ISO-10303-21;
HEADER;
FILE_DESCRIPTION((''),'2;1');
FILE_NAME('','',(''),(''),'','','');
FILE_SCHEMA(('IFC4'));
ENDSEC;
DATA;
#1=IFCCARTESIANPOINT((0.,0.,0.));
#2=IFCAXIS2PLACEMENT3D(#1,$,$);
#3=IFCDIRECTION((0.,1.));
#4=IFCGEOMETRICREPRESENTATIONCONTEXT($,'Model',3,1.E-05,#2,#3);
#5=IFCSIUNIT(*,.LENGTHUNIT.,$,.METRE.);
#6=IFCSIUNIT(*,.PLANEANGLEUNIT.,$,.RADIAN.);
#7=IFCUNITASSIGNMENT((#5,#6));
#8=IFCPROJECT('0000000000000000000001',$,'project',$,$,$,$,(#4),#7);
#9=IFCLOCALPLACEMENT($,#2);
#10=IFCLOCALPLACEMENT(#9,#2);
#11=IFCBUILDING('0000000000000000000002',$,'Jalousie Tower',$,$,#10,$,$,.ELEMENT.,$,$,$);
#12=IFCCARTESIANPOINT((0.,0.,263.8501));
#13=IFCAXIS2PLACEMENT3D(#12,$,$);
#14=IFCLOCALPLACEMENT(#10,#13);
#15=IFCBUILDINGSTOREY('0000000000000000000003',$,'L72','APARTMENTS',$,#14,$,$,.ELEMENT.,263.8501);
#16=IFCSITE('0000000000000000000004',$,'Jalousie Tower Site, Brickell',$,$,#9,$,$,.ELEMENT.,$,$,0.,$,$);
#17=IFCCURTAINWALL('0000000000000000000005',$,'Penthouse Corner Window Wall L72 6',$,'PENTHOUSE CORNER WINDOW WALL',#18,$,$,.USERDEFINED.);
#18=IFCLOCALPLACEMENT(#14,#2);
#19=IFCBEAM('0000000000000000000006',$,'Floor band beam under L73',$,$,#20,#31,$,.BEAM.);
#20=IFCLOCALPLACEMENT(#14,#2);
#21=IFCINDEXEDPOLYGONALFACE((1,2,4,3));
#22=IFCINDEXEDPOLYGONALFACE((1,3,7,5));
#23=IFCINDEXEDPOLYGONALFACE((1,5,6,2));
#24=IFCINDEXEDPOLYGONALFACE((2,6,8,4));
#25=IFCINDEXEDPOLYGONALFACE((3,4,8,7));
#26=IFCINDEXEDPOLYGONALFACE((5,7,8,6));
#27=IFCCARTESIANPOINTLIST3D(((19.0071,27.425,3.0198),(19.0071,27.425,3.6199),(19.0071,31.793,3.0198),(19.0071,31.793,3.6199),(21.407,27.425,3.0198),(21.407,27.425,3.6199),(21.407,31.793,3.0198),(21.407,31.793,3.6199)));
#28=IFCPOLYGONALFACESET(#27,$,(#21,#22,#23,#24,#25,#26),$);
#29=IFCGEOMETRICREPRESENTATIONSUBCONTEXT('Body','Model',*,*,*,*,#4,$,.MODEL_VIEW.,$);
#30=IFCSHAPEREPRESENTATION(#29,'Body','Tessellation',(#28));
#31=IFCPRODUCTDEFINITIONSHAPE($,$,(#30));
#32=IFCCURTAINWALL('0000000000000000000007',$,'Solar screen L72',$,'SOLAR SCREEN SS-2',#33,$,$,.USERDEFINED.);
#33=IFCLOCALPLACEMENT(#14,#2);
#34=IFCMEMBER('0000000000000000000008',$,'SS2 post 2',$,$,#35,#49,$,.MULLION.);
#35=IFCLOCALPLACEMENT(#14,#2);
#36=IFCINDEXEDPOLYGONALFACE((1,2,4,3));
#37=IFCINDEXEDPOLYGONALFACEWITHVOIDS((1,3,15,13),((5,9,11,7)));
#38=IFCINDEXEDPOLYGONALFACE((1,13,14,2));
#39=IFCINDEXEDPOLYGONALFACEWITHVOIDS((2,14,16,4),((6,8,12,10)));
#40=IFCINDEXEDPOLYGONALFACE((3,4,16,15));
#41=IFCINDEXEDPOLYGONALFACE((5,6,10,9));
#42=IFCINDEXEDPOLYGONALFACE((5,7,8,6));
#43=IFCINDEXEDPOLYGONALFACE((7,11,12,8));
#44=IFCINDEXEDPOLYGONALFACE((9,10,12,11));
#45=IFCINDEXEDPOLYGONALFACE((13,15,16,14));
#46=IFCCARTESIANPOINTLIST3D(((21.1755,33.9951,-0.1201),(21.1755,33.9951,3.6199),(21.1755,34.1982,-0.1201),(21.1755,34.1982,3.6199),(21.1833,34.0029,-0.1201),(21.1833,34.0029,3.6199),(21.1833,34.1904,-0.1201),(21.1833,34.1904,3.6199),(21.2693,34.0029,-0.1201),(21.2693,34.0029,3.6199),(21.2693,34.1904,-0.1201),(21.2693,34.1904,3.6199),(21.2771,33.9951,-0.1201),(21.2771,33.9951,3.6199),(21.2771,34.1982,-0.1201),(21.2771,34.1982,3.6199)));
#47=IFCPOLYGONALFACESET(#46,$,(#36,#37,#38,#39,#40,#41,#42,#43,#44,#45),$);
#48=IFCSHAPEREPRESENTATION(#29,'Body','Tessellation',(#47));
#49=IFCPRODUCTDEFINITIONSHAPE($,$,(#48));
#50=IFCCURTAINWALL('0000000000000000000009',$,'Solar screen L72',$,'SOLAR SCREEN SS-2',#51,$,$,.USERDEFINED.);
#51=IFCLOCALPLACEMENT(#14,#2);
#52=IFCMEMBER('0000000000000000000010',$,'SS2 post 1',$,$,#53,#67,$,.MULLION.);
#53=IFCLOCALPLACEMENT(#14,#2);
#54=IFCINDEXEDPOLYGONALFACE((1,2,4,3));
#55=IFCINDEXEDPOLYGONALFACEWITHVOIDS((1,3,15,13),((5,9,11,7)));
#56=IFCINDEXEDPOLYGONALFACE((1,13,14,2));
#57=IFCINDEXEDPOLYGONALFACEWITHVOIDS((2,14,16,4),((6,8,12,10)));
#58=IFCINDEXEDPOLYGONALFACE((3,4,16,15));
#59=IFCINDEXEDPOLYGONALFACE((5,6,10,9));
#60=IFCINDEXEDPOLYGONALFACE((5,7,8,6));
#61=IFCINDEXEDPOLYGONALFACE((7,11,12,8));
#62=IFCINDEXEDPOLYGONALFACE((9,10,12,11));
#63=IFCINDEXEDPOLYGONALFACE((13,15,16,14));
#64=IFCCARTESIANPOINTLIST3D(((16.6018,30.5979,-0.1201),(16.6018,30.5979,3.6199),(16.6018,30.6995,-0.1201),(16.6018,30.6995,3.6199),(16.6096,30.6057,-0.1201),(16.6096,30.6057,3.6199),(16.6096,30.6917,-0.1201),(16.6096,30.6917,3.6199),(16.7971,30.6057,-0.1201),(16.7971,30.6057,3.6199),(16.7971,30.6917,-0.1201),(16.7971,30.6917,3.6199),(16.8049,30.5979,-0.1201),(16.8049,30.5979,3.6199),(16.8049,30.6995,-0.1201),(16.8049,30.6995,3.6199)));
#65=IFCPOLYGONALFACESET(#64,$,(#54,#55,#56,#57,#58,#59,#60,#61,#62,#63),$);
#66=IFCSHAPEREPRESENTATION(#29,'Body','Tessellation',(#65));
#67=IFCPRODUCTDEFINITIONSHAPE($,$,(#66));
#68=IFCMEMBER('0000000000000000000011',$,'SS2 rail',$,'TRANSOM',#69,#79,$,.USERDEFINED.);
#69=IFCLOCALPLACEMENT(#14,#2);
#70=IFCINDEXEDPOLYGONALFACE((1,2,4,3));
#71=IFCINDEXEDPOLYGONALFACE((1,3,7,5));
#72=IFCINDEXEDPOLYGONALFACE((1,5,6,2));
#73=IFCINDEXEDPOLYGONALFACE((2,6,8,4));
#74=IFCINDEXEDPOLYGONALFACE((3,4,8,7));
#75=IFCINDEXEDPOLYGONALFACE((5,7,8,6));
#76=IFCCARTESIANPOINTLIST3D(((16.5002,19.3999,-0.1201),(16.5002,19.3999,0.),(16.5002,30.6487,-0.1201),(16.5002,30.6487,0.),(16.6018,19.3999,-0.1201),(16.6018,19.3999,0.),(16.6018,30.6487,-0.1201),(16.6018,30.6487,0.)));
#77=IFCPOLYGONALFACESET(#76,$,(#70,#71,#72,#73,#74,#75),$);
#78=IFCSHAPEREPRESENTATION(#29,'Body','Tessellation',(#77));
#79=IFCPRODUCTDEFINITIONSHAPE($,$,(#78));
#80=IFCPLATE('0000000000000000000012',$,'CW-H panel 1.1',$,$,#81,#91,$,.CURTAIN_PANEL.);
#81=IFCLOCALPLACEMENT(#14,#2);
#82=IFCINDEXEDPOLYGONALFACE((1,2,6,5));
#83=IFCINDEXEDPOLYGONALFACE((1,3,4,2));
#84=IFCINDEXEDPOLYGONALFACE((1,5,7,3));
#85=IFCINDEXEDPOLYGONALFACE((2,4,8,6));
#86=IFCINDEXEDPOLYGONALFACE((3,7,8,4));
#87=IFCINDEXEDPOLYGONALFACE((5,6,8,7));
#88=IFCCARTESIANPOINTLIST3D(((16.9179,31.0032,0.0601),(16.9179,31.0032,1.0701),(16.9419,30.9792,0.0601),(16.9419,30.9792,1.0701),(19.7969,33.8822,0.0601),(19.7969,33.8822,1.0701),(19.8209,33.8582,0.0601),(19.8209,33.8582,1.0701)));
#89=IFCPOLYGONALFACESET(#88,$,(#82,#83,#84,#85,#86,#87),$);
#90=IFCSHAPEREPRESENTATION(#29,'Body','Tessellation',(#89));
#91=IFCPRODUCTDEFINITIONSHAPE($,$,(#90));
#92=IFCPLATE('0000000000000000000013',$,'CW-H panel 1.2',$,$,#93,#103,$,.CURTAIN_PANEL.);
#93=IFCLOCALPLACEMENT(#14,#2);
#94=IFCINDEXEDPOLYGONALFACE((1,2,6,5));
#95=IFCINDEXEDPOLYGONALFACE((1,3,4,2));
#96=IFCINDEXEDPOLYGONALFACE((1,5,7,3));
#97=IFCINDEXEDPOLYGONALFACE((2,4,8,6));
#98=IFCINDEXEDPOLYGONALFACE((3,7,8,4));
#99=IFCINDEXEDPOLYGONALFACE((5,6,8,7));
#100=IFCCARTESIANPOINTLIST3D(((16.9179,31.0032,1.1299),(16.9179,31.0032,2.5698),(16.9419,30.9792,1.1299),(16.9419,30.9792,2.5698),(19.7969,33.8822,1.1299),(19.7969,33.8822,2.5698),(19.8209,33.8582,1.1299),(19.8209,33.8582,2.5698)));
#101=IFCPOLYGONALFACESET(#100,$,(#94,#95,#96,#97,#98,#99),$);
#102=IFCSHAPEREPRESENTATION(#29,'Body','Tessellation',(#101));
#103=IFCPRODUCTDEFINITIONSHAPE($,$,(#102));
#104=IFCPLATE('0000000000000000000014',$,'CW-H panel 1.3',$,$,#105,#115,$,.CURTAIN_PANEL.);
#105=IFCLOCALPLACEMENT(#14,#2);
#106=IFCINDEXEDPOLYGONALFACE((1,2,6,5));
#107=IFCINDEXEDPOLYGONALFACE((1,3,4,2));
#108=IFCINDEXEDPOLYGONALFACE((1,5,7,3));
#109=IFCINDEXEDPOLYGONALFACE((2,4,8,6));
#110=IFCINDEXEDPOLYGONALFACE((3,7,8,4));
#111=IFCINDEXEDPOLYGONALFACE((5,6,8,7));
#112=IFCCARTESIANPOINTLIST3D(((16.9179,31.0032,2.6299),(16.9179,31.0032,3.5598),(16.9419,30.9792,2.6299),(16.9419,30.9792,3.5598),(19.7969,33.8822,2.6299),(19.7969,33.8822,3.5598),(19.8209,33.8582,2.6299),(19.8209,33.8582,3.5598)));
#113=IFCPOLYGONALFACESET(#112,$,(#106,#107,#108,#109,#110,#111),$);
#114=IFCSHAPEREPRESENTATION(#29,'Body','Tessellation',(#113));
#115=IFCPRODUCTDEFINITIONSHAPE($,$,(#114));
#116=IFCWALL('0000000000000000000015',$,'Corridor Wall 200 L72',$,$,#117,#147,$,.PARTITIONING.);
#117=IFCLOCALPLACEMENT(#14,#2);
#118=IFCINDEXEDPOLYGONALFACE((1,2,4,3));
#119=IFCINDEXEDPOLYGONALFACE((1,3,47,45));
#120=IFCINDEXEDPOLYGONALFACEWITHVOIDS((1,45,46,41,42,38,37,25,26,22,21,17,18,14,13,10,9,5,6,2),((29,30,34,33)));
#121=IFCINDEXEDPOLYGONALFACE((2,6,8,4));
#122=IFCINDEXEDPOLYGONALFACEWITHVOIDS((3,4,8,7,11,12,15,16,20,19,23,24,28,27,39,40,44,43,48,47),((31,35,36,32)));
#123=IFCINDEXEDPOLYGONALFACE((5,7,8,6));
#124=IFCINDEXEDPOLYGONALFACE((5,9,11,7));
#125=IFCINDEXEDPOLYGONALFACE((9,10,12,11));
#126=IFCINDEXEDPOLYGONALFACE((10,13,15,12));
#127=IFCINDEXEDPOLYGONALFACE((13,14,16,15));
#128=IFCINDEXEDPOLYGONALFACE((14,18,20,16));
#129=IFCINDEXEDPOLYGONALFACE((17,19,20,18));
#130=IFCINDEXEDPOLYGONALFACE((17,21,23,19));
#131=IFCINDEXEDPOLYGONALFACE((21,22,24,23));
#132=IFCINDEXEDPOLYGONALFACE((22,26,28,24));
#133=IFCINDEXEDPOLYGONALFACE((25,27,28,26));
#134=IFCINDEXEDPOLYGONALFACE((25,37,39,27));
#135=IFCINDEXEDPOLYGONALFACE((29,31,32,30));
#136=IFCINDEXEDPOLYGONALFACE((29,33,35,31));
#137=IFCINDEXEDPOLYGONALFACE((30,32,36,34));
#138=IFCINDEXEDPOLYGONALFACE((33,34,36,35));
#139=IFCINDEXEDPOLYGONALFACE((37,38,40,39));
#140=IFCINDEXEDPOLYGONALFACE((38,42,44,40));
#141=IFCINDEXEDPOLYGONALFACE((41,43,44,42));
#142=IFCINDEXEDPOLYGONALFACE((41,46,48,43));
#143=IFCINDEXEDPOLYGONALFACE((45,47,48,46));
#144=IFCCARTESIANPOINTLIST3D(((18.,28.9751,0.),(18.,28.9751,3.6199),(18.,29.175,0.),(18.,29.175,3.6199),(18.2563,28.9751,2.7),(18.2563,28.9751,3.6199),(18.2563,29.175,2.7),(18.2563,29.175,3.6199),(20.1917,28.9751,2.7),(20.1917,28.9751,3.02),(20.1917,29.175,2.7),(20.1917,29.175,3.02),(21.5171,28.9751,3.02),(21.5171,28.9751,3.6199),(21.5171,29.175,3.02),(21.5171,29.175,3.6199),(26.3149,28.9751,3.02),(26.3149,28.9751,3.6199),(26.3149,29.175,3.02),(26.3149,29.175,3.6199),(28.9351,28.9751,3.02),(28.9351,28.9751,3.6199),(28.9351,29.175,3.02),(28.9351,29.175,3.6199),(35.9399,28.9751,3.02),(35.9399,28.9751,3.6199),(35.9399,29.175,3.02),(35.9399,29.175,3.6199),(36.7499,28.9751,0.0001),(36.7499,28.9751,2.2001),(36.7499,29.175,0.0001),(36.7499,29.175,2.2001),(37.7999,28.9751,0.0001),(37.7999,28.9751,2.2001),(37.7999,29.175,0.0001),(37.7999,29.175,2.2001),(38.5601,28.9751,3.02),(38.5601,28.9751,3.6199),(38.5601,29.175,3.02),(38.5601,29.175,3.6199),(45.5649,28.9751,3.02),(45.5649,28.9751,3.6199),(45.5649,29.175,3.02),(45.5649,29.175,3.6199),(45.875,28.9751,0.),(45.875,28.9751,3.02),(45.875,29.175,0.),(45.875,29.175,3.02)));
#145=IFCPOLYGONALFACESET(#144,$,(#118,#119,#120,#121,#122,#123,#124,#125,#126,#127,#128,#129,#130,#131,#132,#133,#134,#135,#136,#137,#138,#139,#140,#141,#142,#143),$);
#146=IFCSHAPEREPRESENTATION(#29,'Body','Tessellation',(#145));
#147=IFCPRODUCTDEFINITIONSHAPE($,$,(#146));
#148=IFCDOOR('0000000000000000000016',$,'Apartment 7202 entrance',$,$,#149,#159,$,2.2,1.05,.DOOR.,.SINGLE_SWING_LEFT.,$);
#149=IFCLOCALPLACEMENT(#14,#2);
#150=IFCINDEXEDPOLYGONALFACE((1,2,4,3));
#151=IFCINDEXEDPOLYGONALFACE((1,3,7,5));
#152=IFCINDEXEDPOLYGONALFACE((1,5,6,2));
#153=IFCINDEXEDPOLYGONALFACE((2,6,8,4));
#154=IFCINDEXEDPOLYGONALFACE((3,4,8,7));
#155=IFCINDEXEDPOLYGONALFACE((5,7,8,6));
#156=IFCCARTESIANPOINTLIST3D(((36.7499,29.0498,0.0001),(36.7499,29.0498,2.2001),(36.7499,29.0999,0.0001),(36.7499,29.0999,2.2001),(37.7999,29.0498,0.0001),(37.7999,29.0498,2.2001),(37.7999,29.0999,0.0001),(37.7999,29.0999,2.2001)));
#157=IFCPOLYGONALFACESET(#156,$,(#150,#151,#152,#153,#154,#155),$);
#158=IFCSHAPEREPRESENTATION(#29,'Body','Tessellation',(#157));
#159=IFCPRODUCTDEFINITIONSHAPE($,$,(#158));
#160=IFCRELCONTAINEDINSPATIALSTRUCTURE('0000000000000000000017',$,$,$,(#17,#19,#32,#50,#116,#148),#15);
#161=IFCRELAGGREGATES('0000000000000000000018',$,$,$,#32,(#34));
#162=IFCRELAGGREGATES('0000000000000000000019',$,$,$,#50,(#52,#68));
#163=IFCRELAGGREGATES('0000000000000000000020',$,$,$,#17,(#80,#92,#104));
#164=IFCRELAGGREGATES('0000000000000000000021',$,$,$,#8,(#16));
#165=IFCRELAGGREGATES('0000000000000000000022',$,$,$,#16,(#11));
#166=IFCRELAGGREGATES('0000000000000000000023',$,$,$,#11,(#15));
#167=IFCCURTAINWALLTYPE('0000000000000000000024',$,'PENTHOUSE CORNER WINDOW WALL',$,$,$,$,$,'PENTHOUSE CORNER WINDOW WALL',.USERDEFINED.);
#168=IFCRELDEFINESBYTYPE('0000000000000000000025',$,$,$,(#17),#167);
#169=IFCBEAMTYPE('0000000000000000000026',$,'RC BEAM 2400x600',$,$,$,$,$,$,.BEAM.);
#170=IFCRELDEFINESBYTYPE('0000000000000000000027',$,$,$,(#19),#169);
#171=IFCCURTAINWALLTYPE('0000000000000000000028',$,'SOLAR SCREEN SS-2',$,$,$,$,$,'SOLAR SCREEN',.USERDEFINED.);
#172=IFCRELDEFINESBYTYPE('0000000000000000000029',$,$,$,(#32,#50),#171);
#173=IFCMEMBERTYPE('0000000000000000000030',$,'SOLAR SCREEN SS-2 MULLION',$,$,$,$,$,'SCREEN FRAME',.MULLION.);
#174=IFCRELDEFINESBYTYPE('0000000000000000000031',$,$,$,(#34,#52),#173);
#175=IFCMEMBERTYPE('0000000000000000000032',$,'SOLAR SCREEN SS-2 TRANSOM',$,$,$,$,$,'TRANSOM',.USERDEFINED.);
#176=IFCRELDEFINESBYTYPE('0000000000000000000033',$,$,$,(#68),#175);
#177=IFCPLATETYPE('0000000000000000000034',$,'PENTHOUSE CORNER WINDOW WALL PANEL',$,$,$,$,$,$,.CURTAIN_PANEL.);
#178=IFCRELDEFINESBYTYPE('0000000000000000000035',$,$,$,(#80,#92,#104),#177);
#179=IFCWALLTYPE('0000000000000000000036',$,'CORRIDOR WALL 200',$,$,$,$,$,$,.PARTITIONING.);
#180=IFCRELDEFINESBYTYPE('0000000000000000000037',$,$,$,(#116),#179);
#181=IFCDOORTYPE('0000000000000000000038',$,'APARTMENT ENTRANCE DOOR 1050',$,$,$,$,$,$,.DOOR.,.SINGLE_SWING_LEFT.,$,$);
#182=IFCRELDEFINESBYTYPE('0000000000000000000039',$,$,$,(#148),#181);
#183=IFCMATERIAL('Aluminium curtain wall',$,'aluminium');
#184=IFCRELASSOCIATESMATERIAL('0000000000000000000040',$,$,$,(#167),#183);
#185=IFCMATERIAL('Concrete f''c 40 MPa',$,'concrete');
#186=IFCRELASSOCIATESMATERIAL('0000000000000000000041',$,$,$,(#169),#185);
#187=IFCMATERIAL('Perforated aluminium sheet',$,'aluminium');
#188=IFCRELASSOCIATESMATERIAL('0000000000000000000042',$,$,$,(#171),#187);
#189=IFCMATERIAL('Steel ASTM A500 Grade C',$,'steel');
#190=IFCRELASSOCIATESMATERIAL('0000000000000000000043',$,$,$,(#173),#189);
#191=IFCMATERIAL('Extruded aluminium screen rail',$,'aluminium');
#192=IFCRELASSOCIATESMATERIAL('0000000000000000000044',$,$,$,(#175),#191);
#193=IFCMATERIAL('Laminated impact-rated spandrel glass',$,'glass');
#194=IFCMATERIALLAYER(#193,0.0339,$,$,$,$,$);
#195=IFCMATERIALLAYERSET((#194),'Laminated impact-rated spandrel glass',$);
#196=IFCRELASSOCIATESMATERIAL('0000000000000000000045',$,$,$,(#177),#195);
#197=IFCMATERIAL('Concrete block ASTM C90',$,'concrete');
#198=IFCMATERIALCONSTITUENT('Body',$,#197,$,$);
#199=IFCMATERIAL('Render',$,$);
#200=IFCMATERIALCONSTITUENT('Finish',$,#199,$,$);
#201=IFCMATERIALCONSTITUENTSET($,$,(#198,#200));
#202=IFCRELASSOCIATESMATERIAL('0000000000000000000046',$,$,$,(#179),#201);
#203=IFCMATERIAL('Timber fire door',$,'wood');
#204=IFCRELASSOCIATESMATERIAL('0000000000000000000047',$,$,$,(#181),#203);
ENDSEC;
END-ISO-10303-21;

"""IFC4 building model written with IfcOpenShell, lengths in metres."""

from ifc_helpers import new_model, si_unit, direction, frame, frame_2d, origin, origin_2d, place, context, subcontext, project, spatial, polyline, rectangle, hollow_rectangle, outline, extrude, material, layer, layer_set, constituent, constituent_set, material_profile, profile_set, type_object, element, fill, aggregate, save


model = new_model("IFC4")

# Units and contexts
model_context = context("Model", 3, precision=1e-05, world=origin(), true_north=direction((0.0, 1.0)))
body_context = subcontext(model_context, "Body", "Model", "MODEL_VIEW")
ifc_project = project(units=[si_unit("LENGTHUNIT", "METRE"), si_unit("PLANEANGLEUNIT", "RADIAN")], contexts=[model_context])

# Site, building, storey
site_placement = place(None, origin())
site = spatial("IfcSite", under=ifc_project, at=site_placement, Name="Jalousie Tower Site, Brickell", CompositionType="ELEMENT", RefElevation=0.0)
building_placement = place(site_placement, origin())
building = spatial("IfcBuilding", under=site, at=building_placement, Name="Jalousie Tower", CompositionType="ELEMENT")
storey_placement = place(building_placement, frame((0.0, 0.0, 263.8501)))
storey = spatial("IfcBuildingStorey", under=building, at=storey_placement, Name="L72", Description="APARTMENTS", CompositionType="ELEMENT", Elevation=263.8501)

# Curtain wall
ifc_material_1 = material(Name="Aluminium curtain wall", Category="aluminium")
curtain_wall_type_1 = type_object("IfcCurtainWallType", Name="PENTHOUSE CORNER WINDOW WALL", ElementType="PENTHOUSE CORNER WINDOW WALL", PredefinedType="USERDEFINED", material=ifc_material_1)
curtain_wall_1_placement = place(storey_placement, origin())
curtain_wall_1 = element("IfcCurtainWall", 1, at=curtain_wall_1_placement, inside=storey, type_object=curtain_wall_type_1, Name="Penthouse Corner Window Wall L72 6", ObjectType="PENTHOUSE CORNER WINDOW WALL", PredefinedType="USERDEFINED")

# Beam
ifc_material_2 = material(Name="Concrete f'c 40 MPa", Category="concrete")
ifc_material_profile_1 = material_profile(ifc_material_2, rectangle(XDim=2.3999, YDim=0.6001, at=origin_2d()), Name="RC 2400x600")
ifc_profile_set_1 = profile_set([ifc_material_profile_1], Name="Concrete f'c 40 MPa")
beam_type_1 = type_object("IfcBeamType", Name="RC BEAM 2400x600", PredefinedType="BEAM", material=ifc_profile_set_1)
beam_1_placement = place(storey_placement, frame((20.207, 31.793, 3.3198), z_axis=(0.0, -1.0, 0.0), x_axis=(1.0, 0.0, 0.0)))
element("IfcBeam", 2, at=beam_1_placement, inside=storey, type_object=beam_type_1, Name="Floor band beam under L73", PredefinedType="BEAM", context=body_context, shape_type="SweptSolid", body=[
    extrude(rectangle(XDim=2.3999, YDim=0.6001, at=origin_2d()), origin(), (0.0, 0.0, 1.0), 4.3679),
])

# Curtain wall, member
ifc_material_3 = material(Name="Perforated aluminium sheet", Category="aluminium")
curtain_wall_type_2 = type_object("IfcCurtainWallType", Name="SOLAR SCREEN SS-2", ElementType="SOLAR SCREEN", PredefinedType="USERDEFINED", material=ifc_material_3)
curtain_wall_2_placement = place(storey_placement, origin())
curtain_wall_2 = element("IfcCurtainWall", 3, at=curtain_wall_2_placement, inside=storey, type_object=curtain_wall_type_2, Name="Solar screen L72", ObjectType="SOLAR SCREEN SS-2", PredefinedType="USERDEFINED")
ifc_material_4 = material(Name="Steel ASTM A500 Grade C", Category="steel")
ifc_material_profile_2 = material_profile(ifc_material_4, hollow_rectangle(XDim=0.1016, YDim=0.2031, WallThickness=0.0078, at=origin_2d()), Name="HSS8X4X5/16")
ifc_profile_set_2 = profile_set([ifc_material_profile_2], Name="Steel ASTM A500 Grade C")
member_type_1 = type_object("IfcMemberType", Name="SOLAR SCREEN SS-2 MULLION", ElementType="SCREEN FRAME", PredefinedType="MULLION", material=ifc_profile_set_2)
member_1_placement = place(storey_placement, frame((21.2263, 34.0967, -0.1201), z_axis=(0.0, 0.0, 1.0), x_axis=(-1.0, 0.0, 0.0)))
member_1 = element("IfcMember", 4, at=member_1_placement, type_object=member_type_1, Name="SS2 post 2", PredefinedType="MULLION", context=body_context, shape_type="SweptSolid", body=[
    extrude(hollow_rectangle(XDim=0.1016, YDim=0.2031, WallThickness=0.0078, at=origin_2d()), origin(), (0.0, 0.0, 1.0), 3.74),
])
aggregate(curtain_wall_2, [member_1])

# Curtain wall, members
curtain_wall_3_placement = place(storey_placement, origin())
curtain_wall_3 = element("IfcCurtainWall", 5, at=curtain_wall_3_placement, inside=storey, type_object=curtain_wall_type_2, Name="Solar screen L72", ObjectType="SOLAR SCREEN SS-2", PredefinedType="USERDEFINED")
member_2_placement = place(storey_placement, frame((16.7034, 30.6487, -0.1201), z_axis=(0.0, 0.0, 1.0), x_axis=(0.0, -1.0, 0.0)))
member_2 = element("IfcMember", 6, at=member_2_placement, type_object=member_type_1, Name="SS2 post 1", PredefinedType="MULLION", context=body_context, shape_type="SweptSolid", body=[
    extrude(hollow_rectangle(XDim=0.1016, YDim=0.2031, WallThickness=0.0078, at=origin_2d()), origin(), (0.0, 0.0, 1.0), 3.74),
])
ifc_material_5 = material(Name="Extruded aluminium screen rail", Category="aluminium")
ifc_material_profile_3 = material_profile(ifc_material_5, rectangle(XDim=0.1016, YDim=0.1201, at=origin_2d()), Name="RAIL 102x120")
ifc_profile_set_3 = profile_set([ifc_material_profile_3], Name="Extruded aluminium screen rail")
member_type_2 = type_object("IfcMemberType", Name="SOLAR SCREEN SS-2 TRANSOM", ElementType="TRANSOM", PredefinedType="USERDEFINED", material=ifc_profile_set_3)
member_3_placement = place(storey_placement, frame((16.551, 30.6487, -0.0601), z_axis=(0.0, -1.0, 0.0), x_axis=(1.0, 0.0, 0.0)))
member_3 = element("IfcMember", 7, at=member_3_placement, type_object=member_type_2, Name="SS2 rail", ObjectType="TRANSOM", PredefinedType="USERDEFINED", context=body_context, shape_type="SweptSolid", body=[
    extrude(rectangle(XDim=0.1016, YDim=0.1201, at=origin_2d()), origin(), (0.0, 0.0, 1.0), 11.2488),
])
aggregate(curtain_wall_3, [member_2, member_3])

# Plates
ifc_material_6 = material(Name="Laminated impact-rated spandrel glass", Category="glass")
ifc_layer = layer(ifc_material_6, 0.0339)
ifc_layer_set = layer_set([ifc_layer], Name="Laminated impact-rated spandrel glass")
plate_type = type_object("IfcPlateType", Name="PENTHOUSE CORNER WINDOW WALL PANEL", PredefinedType="CURTAIN_PANEL", material=ifc_layer_set)
plate_1_placement = place(storey_placement, frame((18.3694, 32.4307, 0.0601), z_axis=(0.0, 0.0, 1.0), x_axis=(-0.707107, -0.707107, 0.0)))
plate_1 = element("IfcPlate", 8, at=plate_1_placement, type_object=plate_type, Name="CW-H panel 1.1", PredefinedType="CURTAIN_PANEL", context=body_context, shape_type="SweptSolid", body=[
    extrude(rectangle(XDim=4.0715, YDim=0.0339, at=origin_2d()), origin(), (0.0, 0.0, 1.0), 1.01),
])
plate_2_placement = place(storey_placement, frame((18.3694, 32.4307, 1.1299), z_axis=(0.0, 0.0, 1.0), x_axis=(-0.707107, -0.707107, 0.0)))
plate_2 = element("IfcPlate", 9, at=plate_2_placement, type_object=plate_type, Name="CW-H panel 1.2", PredefinedType="CURTAIN_PANEL", context=body_context, shape_type="SweptSolid", body=[
    extrude(rectangle(XDim=4.0715, YDim=0.0339, at=origin_2d()), origin(), (0.0, 0.0, 1.0), 1.4399),
])
plate_3_placement = place(storey_placement, frame((18.3694, 32.4307, 2.6299), z_axis=(0.0, 0.0, 1.0), x_axis=(-0.707107, -0.707107, 0.0)))
plate_3 = element("IfcPlate", 10, at=plate_3_placement, type_object=plate_type, Name="CW-H panel 1.3", PredefinedType="CURTAIN_PANEL", context=body_context, shape_type="SweptSolid", body=[
    extrude(rectangle(XDim=4.0715, YDim=0.0339, at=origin_2d()), origin(), (0.0, 0.0, 1.0), 0.9299),
])
aggregate(curtain_wall_1, [plate_1, plate_2, plate_3])

# Wall, opening, door
ifc_material_7 = material(Name="Concrete block ASTM C90", Category="concrete")
ifc_constituent_1 = constituent(ifc_material_7, Name="Body")
ifc_material_8 = material(Name="Render")
ifc_constituent_2 = constituent(ifc_material_8, Name="Finish")
ifc_constituent_set_1 = constituent_set(constituents=[ifc_constituent_1, ifc_constituent_2])
wall_type_1 = type_object("IfcWallType", Name="CORRIDOR WALL 200", PredefinedType="PARTITIONING", material=ifc_constituent_set_1)
wall_1_placement = place(storey_placement, frame((18.0, 29.075, 0.0), z_axis=(0.0, 0.0, 1.0), x_axis=(1.0, 0.0, 0.0)))
wall_1 = element("IfcWall", 11, at=wall_1_placement, inside=storey, type_object=wall_type_1, Name="Corridor Wall 200 L72", PredefinedType="PARTITIONING", context=body_context, shape_type="SweptSolid", body=[
    extrude(outline(polyline([(0.0, 0.0), (27.875, 0.0), (27.875, 3.6199), (27.875, 3.02), (27.5649, 3.02), (27.5649, 3.6199), (20.5601, 3.6199), (20.5601, 3.02), (17.9399, 3.02), (17.9399, 3.6199), (10.9351, 3.6199), (10.9351, 3.02), (8.3149, 3.02), (8.3149, 3.6199), (3.5171, 3.6199), (3.5171, 3.02), (2.1917, 3.02), (2.1917, 2.7), (0.2563, 2.7), (0.2563, 3.6199), (0.0, 3.6199), (0.0, 0.0)])), frame((0.0, 0.1001, 0.0), z_axis=(0.0, -1.0, 0.0), x_axis=(1.0, 0.0, 0.0)), (0.0, 0.0, 1.0), 0.2),
])
opening_1_placement = place(wall_1_placement, frame((18.75, 0.0, 0.0)))
opening_1 = element("IfcOpeningElement", 12, at=opening_1_placement, cuts=wall_1, PredefinedType="OPENING", context=body_context, shape_type="SweptSolid", body=[
    extrude(rectangle(XDim=1.05, YDim=2.2, at=frame_2d((0.5249, 1.1001))), frame((0.0, 0.1099, 0.0), z_axis=(0.0, -1.0, 0.0), x_axis=(1.0, 0.0, 0.0)), (0.0, 0.0, 1.0), 0.22),
])
ifc_material_9 = material(Name="Timber fire door", Category="wood")
door_type_1 = type_object("IfcDoorType", Name="APARTMENT ENTRANCE DOOR 1050", OperationType="SINGLE_SWING_LEFT", PredefinedType="DOOR", material=ifc_material_9)
door_1_placement = place(opening_1_placement, origin())
door_1 = element("IfcDoor", 13, at=door_1_placement, inside=storey, type_object=door_type_1, Name="Apartment 7202 entrance", OperationType="SINGLE_SWING_LEFT", OverallHeight=2.2, OverallWidth=1.05, PredefinedType="DOOR", context=body_context, shape_type="SweptSolid", body=[
    extrude(rectangle(XDim=1.05, YDim=2.2, at=frame_2d((0.5249, 1.1001))), frame((0.0, 0.0249, 0.0), z_axis=(0.0, -1.0, 0.0), x_axis=(1.0, 0.0, 0.0)), (0.0, 0.0, 1.0), 0.05),
])
fill(opening_1, door_1)

save(model, "model.ifc")
